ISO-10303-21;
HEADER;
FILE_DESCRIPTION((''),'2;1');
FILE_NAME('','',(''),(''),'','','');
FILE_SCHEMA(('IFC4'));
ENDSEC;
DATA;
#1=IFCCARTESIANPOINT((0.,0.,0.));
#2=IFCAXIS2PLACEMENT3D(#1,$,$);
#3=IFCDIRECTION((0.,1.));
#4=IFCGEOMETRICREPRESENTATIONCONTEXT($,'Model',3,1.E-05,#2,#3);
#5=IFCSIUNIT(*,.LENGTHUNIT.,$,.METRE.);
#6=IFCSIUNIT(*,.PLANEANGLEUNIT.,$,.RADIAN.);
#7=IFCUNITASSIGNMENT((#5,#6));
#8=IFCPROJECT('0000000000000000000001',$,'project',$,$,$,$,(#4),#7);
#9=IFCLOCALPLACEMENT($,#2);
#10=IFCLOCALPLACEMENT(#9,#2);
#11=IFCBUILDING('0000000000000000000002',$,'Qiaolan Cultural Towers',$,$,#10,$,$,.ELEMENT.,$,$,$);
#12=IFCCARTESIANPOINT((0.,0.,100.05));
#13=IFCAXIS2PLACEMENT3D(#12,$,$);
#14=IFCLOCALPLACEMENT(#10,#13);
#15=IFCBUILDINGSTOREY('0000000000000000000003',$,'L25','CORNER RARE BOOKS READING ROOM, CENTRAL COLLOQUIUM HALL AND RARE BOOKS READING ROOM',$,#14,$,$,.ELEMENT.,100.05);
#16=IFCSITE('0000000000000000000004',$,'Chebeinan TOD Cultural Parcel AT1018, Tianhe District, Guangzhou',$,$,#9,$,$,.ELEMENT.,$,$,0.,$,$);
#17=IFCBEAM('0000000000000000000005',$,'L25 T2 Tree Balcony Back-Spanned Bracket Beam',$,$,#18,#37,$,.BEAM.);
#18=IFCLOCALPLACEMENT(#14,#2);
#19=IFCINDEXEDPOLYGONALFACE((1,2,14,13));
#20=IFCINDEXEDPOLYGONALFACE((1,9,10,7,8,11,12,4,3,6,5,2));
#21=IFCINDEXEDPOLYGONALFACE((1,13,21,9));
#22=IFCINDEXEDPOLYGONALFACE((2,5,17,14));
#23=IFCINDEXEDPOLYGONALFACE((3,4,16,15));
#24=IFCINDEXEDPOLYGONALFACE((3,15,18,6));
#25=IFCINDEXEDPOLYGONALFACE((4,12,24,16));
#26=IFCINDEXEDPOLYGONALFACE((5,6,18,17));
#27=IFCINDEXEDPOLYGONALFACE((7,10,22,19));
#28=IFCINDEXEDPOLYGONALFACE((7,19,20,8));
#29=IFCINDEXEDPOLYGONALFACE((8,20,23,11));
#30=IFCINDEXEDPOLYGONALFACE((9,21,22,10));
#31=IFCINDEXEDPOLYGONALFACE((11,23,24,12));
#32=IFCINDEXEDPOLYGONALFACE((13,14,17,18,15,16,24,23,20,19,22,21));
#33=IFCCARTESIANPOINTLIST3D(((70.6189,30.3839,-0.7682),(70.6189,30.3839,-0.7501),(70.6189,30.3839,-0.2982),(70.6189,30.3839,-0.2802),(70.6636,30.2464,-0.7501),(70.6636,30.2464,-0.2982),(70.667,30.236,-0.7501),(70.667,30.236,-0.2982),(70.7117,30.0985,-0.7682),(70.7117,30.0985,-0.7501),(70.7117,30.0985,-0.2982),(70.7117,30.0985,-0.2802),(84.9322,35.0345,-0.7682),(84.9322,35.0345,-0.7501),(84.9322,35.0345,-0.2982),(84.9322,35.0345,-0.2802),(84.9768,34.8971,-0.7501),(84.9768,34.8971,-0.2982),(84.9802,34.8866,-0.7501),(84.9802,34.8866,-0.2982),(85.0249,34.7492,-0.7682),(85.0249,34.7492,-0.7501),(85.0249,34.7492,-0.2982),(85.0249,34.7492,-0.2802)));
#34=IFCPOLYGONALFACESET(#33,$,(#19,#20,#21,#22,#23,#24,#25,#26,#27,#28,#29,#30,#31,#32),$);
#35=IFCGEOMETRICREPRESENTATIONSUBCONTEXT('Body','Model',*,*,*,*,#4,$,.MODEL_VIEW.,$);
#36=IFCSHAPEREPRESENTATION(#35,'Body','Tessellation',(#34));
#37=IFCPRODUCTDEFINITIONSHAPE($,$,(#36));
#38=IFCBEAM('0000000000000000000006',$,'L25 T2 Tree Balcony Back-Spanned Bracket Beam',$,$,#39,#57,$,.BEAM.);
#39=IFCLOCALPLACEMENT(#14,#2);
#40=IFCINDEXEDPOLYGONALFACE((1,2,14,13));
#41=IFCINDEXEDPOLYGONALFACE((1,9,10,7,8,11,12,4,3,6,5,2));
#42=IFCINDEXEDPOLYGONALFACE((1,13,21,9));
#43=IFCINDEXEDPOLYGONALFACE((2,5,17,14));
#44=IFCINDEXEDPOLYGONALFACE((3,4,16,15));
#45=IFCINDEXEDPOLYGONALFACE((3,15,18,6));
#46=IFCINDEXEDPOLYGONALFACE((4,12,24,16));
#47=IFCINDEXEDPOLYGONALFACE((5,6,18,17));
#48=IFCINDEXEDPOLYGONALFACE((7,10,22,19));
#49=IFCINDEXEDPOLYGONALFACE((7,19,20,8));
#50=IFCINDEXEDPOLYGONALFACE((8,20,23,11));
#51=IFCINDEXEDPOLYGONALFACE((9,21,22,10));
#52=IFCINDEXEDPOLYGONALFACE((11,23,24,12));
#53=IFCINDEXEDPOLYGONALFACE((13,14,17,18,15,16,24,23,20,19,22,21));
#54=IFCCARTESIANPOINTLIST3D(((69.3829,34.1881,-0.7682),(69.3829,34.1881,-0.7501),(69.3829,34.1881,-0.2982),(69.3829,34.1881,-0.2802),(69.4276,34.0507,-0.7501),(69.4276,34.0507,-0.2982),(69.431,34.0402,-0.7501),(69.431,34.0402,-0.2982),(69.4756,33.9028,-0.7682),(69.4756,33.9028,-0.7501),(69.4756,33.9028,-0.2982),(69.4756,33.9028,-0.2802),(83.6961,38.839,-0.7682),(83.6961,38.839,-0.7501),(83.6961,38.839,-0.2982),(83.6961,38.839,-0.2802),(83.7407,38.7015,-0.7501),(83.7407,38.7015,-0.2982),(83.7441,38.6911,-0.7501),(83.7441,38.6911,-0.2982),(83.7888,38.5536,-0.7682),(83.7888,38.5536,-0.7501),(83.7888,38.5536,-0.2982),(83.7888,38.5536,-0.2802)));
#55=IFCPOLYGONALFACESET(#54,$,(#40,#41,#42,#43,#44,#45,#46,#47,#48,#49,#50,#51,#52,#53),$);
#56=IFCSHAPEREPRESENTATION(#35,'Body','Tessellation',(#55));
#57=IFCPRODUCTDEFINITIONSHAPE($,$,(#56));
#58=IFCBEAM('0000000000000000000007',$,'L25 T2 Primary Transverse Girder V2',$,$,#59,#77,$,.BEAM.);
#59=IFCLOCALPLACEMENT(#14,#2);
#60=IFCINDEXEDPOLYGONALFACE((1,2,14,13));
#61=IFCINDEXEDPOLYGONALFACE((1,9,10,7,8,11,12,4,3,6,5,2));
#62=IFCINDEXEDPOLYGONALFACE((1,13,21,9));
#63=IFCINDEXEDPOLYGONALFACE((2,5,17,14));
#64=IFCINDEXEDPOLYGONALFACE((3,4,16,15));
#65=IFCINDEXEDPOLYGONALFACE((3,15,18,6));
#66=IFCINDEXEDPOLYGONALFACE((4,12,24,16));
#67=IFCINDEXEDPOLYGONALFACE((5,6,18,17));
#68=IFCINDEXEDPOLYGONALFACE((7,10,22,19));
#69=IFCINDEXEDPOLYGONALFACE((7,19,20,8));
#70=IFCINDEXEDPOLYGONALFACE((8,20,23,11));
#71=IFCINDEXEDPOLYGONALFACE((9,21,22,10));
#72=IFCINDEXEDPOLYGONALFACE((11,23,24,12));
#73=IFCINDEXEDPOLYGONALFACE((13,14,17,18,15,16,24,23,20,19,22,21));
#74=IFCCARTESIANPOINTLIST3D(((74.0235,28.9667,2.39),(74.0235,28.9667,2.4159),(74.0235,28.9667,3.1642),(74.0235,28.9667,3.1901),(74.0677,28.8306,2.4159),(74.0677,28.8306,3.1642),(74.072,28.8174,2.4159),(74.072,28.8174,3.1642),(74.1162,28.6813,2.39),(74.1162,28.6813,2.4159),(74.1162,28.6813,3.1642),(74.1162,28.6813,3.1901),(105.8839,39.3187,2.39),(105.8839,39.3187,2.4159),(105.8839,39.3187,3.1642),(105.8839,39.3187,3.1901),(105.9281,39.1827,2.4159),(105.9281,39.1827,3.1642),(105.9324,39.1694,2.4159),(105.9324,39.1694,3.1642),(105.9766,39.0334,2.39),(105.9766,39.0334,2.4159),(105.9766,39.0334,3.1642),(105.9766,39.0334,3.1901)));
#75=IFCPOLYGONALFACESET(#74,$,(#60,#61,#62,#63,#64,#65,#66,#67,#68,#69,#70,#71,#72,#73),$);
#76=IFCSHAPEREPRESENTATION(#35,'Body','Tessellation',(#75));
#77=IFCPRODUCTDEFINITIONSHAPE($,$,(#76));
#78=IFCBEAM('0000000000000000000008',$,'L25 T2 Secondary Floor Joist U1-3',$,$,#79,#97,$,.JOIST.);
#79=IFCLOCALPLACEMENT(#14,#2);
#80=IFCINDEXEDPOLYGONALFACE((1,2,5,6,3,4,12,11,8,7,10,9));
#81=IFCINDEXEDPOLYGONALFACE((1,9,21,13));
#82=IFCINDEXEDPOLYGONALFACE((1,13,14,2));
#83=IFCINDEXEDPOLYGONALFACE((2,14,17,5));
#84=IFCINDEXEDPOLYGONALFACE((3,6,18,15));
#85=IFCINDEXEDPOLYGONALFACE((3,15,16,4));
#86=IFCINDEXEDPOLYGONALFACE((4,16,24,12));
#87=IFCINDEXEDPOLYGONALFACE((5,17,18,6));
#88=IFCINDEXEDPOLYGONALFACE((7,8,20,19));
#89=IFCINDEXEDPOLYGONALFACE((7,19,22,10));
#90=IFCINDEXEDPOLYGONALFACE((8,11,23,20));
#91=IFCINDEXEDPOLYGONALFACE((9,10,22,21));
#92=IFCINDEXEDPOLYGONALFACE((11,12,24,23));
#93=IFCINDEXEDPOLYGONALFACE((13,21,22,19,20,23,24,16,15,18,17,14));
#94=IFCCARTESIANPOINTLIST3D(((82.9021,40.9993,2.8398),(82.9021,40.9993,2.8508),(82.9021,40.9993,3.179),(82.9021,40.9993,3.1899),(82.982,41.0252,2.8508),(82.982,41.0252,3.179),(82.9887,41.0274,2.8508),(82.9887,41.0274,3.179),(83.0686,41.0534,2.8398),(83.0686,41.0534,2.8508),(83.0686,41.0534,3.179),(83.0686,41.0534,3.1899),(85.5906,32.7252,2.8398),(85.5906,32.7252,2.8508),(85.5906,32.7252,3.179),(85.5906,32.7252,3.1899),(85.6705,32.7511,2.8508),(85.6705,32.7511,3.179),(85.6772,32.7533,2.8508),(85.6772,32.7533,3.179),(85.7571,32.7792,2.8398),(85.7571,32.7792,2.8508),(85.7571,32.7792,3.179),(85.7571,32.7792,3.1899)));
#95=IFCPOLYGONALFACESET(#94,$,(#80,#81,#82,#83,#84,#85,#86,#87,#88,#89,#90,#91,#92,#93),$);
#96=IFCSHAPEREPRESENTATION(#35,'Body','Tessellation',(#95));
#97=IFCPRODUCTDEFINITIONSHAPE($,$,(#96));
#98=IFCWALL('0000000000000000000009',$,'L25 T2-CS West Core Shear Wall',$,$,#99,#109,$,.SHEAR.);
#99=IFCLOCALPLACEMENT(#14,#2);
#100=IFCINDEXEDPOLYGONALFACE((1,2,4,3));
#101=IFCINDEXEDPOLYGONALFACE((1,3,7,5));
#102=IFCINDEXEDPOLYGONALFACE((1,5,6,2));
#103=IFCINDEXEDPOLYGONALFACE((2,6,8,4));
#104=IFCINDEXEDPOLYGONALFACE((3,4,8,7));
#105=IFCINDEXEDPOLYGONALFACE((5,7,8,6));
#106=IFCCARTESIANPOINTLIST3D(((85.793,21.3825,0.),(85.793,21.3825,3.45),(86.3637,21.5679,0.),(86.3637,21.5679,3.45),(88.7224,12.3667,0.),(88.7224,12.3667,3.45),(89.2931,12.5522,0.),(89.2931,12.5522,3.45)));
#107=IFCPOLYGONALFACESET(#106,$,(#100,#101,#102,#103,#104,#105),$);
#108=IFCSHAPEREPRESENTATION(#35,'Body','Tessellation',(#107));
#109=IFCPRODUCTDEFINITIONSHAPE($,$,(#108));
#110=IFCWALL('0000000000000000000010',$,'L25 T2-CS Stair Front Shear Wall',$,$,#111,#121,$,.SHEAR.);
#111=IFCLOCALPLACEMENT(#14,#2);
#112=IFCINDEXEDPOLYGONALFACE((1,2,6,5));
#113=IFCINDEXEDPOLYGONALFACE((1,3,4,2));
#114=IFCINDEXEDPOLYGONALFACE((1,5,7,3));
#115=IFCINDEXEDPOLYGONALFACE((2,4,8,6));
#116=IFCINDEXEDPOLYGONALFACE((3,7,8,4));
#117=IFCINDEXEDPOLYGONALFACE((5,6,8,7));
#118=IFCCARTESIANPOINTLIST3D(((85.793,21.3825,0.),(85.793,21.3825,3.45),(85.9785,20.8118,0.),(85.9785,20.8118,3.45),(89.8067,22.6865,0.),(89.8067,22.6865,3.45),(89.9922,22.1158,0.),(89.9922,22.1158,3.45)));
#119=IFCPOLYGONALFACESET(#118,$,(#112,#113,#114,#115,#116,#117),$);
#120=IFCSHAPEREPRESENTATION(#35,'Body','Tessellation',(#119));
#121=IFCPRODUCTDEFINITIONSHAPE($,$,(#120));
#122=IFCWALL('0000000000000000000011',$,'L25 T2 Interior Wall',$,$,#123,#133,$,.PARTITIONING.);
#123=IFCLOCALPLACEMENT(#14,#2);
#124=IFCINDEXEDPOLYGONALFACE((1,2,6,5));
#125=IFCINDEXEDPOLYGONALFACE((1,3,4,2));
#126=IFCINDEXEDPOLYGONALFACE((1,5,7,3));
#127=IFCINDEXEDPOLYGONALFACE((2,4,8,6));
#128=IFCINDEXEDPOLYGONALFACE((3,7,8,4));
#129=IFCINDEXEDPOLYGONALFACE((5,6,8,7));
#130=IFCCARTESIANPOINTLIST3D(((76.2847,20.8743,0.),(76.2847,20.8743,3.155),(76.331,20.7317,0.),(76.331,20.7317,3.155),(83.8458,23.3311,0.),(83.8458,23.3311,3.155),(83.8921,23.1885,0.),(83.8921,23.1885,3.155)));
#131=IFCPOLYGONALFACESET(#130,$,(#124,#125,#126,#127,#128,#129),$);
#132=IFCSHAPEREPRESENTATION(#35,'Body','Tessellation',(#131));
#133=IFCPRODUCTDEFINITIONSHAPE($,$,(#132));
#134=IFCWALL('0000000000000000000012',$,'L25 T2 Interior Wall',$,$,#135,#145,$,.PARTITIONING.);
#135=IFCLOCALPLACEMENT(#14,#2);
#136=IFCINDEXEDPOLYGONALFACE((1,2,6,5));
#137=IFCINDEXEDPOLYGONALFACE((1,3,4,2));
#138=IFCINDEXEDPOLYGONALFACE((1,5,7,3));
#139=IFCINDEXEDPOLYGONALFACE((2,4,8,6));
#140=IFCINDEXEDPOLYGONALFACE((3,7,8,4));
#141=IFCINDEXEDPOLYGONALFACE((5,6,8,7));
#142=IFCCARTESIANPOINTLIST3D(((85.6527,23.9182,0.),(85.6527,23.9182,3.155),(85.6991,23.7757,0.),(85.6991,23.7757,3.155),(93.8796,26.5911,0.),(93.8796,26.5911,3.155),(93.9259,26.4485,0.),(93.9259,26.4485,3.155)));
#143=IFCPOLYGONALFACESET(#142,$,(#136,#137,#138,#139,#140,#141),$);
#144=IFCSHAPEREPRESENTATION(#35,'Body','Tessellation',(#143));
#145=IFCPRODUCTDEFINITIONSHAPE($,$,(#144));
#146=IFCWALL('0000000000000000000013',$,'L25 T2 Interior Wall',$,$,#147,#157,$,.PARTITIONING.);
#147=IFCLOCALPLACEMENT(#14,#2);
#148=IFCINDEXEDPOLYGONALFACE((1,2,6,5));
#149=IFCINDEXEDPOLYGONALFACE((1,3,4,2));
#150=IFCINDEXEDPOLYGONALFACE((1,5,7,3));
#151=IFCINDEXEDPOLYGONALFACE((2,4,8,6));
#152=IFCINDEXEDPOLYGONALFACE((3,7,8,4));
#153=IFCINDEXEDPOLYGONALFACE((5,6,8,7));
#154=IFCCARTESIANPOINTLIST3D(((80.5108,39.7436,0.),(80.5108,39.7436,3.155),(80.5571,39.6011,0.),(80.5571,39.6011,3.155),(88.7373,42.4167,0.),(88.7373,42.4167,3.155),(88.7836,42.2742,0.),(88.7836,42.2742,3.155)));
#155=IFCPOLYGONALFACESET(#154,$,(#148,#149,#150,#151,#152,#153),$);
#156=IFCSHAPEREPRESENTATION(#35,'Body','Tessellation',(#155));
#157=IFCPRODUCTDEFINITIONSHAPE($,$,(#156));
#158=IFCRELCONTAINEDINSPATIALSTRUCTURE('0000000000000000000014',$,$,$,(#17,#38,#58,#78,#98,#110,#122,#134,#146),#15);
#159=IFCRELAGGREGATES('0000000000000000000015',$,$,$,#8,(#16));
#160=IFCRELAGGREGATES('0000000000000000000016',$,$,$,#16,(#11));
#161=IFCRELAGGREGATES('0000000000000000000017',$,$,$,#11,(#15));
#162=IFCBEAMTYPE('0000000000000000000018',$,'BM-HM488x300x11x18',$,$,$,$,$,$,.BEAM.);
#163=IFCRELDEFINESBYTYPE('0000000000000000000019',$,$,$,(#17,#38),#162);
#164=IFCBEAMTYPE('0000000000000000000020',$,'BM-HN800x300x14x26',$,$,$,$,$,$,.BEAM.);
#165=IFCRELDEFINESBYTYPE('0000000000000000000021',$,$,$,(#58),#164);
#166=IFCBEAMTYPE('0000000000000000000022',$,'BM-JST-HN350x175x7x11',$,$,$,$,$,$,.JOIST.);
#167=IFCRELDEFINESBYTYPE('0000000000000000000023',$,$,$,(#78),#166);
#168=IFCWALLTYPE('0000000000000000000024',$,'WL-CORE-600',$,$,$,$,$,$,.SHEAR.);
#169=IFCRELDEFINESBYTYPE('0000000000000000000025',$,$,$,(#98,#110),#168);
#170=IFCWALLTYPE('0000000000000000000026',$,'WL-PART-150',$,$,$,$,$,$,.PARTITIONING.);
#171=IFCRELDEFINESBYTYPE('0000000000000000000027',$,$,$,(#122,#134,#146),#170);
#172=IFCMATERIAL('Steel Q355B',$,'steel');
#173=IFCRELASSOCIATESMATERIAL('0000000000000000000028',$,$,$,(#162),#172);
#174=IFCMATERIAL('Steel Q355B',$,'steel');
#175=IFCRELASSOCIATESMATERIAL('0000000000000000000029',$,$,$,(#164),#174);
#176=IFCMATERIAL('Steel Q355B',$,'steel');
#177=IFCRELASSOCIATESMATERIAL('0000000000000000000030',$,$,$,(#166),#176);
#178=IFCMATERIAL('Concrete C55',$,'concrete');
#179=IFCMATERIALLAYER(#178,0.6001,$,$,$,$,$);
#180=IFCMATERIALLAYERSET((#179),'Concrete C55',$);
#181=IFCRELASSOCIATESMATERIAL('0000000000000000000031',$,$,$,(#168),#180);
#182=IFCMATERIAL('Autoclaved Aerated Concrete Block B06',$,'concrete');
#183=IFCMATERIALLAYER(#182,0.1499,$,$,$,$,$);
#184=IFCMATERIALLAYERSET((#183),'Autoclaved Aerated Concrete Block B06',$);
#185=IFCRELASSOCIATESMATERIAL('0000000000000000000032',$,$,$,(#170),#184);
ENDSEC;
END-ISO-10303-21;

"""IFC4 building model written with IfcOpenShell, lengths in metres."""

from ifc_helpers import new_model, si_unit, direction, frame, frame_2d, origin, origin_2d, place, context, subcontext, project, spatial, rectangle, i_section, extrude, material, layer, layer_set, material_profile, profile_set, type_object, element, save


model = new_model("IFC4")

# Units and contexts
model_context = context("Model", 3, precision=1e-05, world=origin(), true_north=direction((0.0, 1.0)))
body_context = subcontext(model_context, "Body", "Model", "MODEL_VIEW")
ifc_project = project(units=[si_unit("LENGTHUNIT", "METRE"), si_unit("PLANEANGLEUNIT", "RADIAN")], contexts=[model_context])

# Site, building, storey
site_placement = place(None, origin())
site = spatial("IfcSite", under=ifc_project, at=site_placement, Name="Chebeinan TOD Cultural Parcel AT1018, Tianhe District, Guangzhou", CompositionType="ELEMENT", RefElevation=0.0)
building_placement = place(site_placement, origin())
building = spatial("IfcBuilding", under=site, at=building_placement, Name="Qiaolan Cultural Towers", CompositionType="ELEMENT")
storey_placement = place(building_placement, frame((0.0, 0.0, 100.05)))
storey = spatial("IfcBuildingStorey", under=building, at=storey_placement, Name="L25", Description="CORNER RARE BOOKS READING ROOM, CENTRAL COLLOQUIUM HALL AND RARE BOOKS READING ROOM", CompositionType="ELEMENT", Elevation=100.05)

# Beams
ifc_material_1 = material(Name="Steel Q355B", Category="steel")
ifc_material_profile_1 = material_profile(ifc_material_1, i_section(OverallWidth=0.3, OverallDepth=0.488, WebThickness=0.011, FlangeThickness=0.0181, at=origin_2d()), Name="HM488x300x11x18")
ifc_profile_set_1 = profile_set([ifc_material_profile_1], Name="Steel Q355B")
beam_type_1 = type_object("IfcBeamType", Name="BM-HM488x300x11x18", PredefinedType="BEAM", material=ifc_profile_set_1)
for number, where, z_axis, x_axis, name in (
    (1, (84.9785, 34.8918, -0.5242), (-0.951057, -0.309016, 0.0), (0.309016, -0.951057, 0.0), "L25 T2 Tree Balcony Back-Spanned Bracket Beam"),
    (2, (83.7424, 38.6963, -0.5242), (-0.951052, -0.309031, 0.0), (0.309031, -0.951052, 0.0), "L25 T2 Tree Balcony Back-Spanned Bracket Beam"),
):
    element("IfcBeam", number, at=place(storey_placement, frame(where, z_axis=z_axis, x_axis=x_axis)), inside=storey, type_object=beam_type_1, Name=name, PredefinedType="BEAM", context=body_context, shape_type="SweptSolid", body=[
        extrude(i_section(OverallWidth=0.3, OverallDepth=0.488, WebThickness=0.011, FlangeThickness=0.0181, at=origin_2d()), origin(), (0.0, 0.0, 1.0), 15.0498),
    ])
ifc_material_2 = material(Name="Steel Q355B", Category="steel")
ifc_material_profile_2 = material_profile(ifc_material_2, i_section(OverallWidth=0.3, OverallDepth=0.8, WebThickness=0.0139, FlangeThickness=0.0259, at=origin_2d()), Name="HN800x300x14x26")
ifc_profile_set_2 = profile_set([ifc_material_profile_2], Name="Steel Q355B")
beam_type_2 = type_object("IfcBeamType", Name="BM-HN800x300x14x26", PredefinedType="BEAM", material=ifc_profile_set_2)
beam_1_placement = place(storey_placement, frame((74.0698, 28.824, 2.79), z_axis=(0.951057, 0.309017, 0.0), x_axis=(-0.309017, 0.951057, 0.0)))
element("IfcBeam", 3, at=beam_1_placement, inside=storey, type_object=beam_type_2, Name="L25 T2 Primary Transverse Girder V2", PredefinedType="BEAM", context=body_context, shape_type="SweptSolid", body=[
    extrude(i_section(OverallWidth=0.3, OverallDepth=0.8, WebThickness=0.0139, FlangeThickness=0.0259, at=origin_2d()), origin(), (0.0, 0.0, 1.0), 33.5),
])
ifc_material_3 = material(Name="Steel Q355B", Category="steel")
ifc_material_profile_3 = material_profile(ifc_material_3, i_section(OverallWidth=0.175, OverallDepth=0.3501, WebThickness=0.0071, FlangeThickness=0.011, at=origin_2d()), Name="HN350x175x7x11")
ifc_profile_set_3 = profile_set([ifc_material_profile_3], Name="Steel Q355B")
beam_type_3 = type_object("IfcBeamType", Name="BM-JST-HN350x175x7x11", PredefinedType="JOIST", material=ifc_profile_set_3)
beam_2_placement = place(storey_placement, frame((85.6738, 32.7522, 3.0149), z_axis=(-0.309021, 0.951055, 0.0), x_axis=(-0.951055, -0.309021, 0.0)))
element("IfcBeam", 4, at=beam_2_placement, inside=storey, type_object=beam_type_3, Name="L25 T2 Secondary Floor Joist U1-3", PredefinedType="JOIST", context=body_context, shape_type="SweptSolid", body=[
    extrude(i_section(OverallWidth=0.175, OverallDepth=0.3501, WebThickness=0.0071, FlangeThickness=0.011, at=origin_2d()), origin(), (0.0, 0.0, 1.0), 8.7),
])

# Walls
ifc_material_4 = material(Name="Concrete C55", Category="concrete")
ifc_layer_1 = layer(ifc_material_4, 0.6001)
ifc_layer_set_1 = layer_set([ifc_layer_1], Name="Concrete C55")
wall_type_1 = type_object("IfcWallType", Name="WL-CORE-600", PredefinedType="SHEAR", material=ifc_layer_set_1)
wall_1_placement = place(storey_placement, frame((86.0784, 21.4751, 0.0), z_axis=(0.0, 0.0, 1.0), x_axis=(0.309018, -0.951056, 0.0)))
element("IfcWall", 5, at=wall_1_placement, inside=storey, type_object=wall_type_1, Name="L25 T2-CS West Core Shear Wall", PredefinedType="SHEAR", context=body_context, shape_type="SweptSolid", body=[
    extrude(rectangle(XDim=9.4797, YDim=0.6001, at=frame_2d((4.7397, 0.0))), origin(), (0.0, 0.0, 1.0), 3.45),
])
wall_2_placement = place(storey_placement, frame((85.8857, 21.0972, 0.0), z_axis=(0.0, 0.0, 1.0), x_axis=(0.951068, 0.308981, 0.0)))
element("IfcWall", 6, at=wall_2_placement, inside=storey, type_object=wall_type_1, Name="L25 T2-CS Stair Front Shear Wall", PredefinedType="SHEAR", context=body_context, shape_type="SweptSolid", body=[
    extrude(rectangle(XDim=4.2202, YDim=0.6001, at=frame_2d((2.1101, 0.0))), origin(), (0.0, 0.0, 1.0), 3.45),
])
ifc_material_5 = material(Name="Autoclaved Aerated Concrete Block B06", Category="concrete")
ifc_layer_2 = layer(ifc_material_5, 0.1499)
ifc_layer_set_2 = layer_set([ifc_layer_2], Name="Autoclaved Aerated Concrete Block B06")
wall_type_2 = type_object("IfcWallType", Name="WL-PART-150", PredefinedType="PARTITIONING", material=ifc_layer_set_2)
wall_3_placement = place(storey_placement, frame((76.3079, 20.803, 0.0), z_axis=(0.0, 0.0, 1.0), x_axis=(0.951054, 0.309024, 0.0)))
element("IfcWall", 7, at=wall_3_placement, inside=storey, type_object=wall_type_2, Name="L25 T2 Interior Wall", PredefinedType="PARTITIONING", context=body_context, shape_type="SweptSolid", body=[
    extrude(rectangle(XDim=7.9502, YDim=0.1499, at=frame_2d((3.9751, 0.0))), origin(), (0.0, 0.0, 1.0), 3.155),
])
wall_4_placement = place(storey_placement, frame((85.6758, 23.8469, 0.0), z_axis=(0.0, 0.0, 1.0), x_axis=(0.951063, 0.308996, 0.0)))
element("IfcWall", 8, at=wall_4_placement, inside=storey, type_object=wall_type_2, Name="L25 T2 Interior Wall", PredefinedType="PARTITIONING", context=body_context, shape_type="SweptSolid", body=[
    extrude(rectangle(XDim=8.6501, YDim=0.1499, at=frame_2d((4.3252, 0.0))), origin(), (0.0, 0.0, 1.0), 3.155),
])
wall_5_placement = place(storey_placement, frame((80.5339, 39.6724, 0.0), z_axis=(0.0, 0.0, 1.0), x_axis=(0.951052, 0.30903, 0.0)))
element("IfcWall", 9, at=wall_5_placement, inside=storey, type_object=wall_type_2, Name="L25 T2 Interior Wall", PredefinedType="PARTITIONING", context=body_context, shape_type="SweptSolid", body=[
    extrude(rectangle(XDim=8.6499, YDim=0.1499, at=frame_2d((4.325, 0.0))), origin(), (0.0, 0.0, 1.0), 3.155),
])

save(model, "model.ifc")
